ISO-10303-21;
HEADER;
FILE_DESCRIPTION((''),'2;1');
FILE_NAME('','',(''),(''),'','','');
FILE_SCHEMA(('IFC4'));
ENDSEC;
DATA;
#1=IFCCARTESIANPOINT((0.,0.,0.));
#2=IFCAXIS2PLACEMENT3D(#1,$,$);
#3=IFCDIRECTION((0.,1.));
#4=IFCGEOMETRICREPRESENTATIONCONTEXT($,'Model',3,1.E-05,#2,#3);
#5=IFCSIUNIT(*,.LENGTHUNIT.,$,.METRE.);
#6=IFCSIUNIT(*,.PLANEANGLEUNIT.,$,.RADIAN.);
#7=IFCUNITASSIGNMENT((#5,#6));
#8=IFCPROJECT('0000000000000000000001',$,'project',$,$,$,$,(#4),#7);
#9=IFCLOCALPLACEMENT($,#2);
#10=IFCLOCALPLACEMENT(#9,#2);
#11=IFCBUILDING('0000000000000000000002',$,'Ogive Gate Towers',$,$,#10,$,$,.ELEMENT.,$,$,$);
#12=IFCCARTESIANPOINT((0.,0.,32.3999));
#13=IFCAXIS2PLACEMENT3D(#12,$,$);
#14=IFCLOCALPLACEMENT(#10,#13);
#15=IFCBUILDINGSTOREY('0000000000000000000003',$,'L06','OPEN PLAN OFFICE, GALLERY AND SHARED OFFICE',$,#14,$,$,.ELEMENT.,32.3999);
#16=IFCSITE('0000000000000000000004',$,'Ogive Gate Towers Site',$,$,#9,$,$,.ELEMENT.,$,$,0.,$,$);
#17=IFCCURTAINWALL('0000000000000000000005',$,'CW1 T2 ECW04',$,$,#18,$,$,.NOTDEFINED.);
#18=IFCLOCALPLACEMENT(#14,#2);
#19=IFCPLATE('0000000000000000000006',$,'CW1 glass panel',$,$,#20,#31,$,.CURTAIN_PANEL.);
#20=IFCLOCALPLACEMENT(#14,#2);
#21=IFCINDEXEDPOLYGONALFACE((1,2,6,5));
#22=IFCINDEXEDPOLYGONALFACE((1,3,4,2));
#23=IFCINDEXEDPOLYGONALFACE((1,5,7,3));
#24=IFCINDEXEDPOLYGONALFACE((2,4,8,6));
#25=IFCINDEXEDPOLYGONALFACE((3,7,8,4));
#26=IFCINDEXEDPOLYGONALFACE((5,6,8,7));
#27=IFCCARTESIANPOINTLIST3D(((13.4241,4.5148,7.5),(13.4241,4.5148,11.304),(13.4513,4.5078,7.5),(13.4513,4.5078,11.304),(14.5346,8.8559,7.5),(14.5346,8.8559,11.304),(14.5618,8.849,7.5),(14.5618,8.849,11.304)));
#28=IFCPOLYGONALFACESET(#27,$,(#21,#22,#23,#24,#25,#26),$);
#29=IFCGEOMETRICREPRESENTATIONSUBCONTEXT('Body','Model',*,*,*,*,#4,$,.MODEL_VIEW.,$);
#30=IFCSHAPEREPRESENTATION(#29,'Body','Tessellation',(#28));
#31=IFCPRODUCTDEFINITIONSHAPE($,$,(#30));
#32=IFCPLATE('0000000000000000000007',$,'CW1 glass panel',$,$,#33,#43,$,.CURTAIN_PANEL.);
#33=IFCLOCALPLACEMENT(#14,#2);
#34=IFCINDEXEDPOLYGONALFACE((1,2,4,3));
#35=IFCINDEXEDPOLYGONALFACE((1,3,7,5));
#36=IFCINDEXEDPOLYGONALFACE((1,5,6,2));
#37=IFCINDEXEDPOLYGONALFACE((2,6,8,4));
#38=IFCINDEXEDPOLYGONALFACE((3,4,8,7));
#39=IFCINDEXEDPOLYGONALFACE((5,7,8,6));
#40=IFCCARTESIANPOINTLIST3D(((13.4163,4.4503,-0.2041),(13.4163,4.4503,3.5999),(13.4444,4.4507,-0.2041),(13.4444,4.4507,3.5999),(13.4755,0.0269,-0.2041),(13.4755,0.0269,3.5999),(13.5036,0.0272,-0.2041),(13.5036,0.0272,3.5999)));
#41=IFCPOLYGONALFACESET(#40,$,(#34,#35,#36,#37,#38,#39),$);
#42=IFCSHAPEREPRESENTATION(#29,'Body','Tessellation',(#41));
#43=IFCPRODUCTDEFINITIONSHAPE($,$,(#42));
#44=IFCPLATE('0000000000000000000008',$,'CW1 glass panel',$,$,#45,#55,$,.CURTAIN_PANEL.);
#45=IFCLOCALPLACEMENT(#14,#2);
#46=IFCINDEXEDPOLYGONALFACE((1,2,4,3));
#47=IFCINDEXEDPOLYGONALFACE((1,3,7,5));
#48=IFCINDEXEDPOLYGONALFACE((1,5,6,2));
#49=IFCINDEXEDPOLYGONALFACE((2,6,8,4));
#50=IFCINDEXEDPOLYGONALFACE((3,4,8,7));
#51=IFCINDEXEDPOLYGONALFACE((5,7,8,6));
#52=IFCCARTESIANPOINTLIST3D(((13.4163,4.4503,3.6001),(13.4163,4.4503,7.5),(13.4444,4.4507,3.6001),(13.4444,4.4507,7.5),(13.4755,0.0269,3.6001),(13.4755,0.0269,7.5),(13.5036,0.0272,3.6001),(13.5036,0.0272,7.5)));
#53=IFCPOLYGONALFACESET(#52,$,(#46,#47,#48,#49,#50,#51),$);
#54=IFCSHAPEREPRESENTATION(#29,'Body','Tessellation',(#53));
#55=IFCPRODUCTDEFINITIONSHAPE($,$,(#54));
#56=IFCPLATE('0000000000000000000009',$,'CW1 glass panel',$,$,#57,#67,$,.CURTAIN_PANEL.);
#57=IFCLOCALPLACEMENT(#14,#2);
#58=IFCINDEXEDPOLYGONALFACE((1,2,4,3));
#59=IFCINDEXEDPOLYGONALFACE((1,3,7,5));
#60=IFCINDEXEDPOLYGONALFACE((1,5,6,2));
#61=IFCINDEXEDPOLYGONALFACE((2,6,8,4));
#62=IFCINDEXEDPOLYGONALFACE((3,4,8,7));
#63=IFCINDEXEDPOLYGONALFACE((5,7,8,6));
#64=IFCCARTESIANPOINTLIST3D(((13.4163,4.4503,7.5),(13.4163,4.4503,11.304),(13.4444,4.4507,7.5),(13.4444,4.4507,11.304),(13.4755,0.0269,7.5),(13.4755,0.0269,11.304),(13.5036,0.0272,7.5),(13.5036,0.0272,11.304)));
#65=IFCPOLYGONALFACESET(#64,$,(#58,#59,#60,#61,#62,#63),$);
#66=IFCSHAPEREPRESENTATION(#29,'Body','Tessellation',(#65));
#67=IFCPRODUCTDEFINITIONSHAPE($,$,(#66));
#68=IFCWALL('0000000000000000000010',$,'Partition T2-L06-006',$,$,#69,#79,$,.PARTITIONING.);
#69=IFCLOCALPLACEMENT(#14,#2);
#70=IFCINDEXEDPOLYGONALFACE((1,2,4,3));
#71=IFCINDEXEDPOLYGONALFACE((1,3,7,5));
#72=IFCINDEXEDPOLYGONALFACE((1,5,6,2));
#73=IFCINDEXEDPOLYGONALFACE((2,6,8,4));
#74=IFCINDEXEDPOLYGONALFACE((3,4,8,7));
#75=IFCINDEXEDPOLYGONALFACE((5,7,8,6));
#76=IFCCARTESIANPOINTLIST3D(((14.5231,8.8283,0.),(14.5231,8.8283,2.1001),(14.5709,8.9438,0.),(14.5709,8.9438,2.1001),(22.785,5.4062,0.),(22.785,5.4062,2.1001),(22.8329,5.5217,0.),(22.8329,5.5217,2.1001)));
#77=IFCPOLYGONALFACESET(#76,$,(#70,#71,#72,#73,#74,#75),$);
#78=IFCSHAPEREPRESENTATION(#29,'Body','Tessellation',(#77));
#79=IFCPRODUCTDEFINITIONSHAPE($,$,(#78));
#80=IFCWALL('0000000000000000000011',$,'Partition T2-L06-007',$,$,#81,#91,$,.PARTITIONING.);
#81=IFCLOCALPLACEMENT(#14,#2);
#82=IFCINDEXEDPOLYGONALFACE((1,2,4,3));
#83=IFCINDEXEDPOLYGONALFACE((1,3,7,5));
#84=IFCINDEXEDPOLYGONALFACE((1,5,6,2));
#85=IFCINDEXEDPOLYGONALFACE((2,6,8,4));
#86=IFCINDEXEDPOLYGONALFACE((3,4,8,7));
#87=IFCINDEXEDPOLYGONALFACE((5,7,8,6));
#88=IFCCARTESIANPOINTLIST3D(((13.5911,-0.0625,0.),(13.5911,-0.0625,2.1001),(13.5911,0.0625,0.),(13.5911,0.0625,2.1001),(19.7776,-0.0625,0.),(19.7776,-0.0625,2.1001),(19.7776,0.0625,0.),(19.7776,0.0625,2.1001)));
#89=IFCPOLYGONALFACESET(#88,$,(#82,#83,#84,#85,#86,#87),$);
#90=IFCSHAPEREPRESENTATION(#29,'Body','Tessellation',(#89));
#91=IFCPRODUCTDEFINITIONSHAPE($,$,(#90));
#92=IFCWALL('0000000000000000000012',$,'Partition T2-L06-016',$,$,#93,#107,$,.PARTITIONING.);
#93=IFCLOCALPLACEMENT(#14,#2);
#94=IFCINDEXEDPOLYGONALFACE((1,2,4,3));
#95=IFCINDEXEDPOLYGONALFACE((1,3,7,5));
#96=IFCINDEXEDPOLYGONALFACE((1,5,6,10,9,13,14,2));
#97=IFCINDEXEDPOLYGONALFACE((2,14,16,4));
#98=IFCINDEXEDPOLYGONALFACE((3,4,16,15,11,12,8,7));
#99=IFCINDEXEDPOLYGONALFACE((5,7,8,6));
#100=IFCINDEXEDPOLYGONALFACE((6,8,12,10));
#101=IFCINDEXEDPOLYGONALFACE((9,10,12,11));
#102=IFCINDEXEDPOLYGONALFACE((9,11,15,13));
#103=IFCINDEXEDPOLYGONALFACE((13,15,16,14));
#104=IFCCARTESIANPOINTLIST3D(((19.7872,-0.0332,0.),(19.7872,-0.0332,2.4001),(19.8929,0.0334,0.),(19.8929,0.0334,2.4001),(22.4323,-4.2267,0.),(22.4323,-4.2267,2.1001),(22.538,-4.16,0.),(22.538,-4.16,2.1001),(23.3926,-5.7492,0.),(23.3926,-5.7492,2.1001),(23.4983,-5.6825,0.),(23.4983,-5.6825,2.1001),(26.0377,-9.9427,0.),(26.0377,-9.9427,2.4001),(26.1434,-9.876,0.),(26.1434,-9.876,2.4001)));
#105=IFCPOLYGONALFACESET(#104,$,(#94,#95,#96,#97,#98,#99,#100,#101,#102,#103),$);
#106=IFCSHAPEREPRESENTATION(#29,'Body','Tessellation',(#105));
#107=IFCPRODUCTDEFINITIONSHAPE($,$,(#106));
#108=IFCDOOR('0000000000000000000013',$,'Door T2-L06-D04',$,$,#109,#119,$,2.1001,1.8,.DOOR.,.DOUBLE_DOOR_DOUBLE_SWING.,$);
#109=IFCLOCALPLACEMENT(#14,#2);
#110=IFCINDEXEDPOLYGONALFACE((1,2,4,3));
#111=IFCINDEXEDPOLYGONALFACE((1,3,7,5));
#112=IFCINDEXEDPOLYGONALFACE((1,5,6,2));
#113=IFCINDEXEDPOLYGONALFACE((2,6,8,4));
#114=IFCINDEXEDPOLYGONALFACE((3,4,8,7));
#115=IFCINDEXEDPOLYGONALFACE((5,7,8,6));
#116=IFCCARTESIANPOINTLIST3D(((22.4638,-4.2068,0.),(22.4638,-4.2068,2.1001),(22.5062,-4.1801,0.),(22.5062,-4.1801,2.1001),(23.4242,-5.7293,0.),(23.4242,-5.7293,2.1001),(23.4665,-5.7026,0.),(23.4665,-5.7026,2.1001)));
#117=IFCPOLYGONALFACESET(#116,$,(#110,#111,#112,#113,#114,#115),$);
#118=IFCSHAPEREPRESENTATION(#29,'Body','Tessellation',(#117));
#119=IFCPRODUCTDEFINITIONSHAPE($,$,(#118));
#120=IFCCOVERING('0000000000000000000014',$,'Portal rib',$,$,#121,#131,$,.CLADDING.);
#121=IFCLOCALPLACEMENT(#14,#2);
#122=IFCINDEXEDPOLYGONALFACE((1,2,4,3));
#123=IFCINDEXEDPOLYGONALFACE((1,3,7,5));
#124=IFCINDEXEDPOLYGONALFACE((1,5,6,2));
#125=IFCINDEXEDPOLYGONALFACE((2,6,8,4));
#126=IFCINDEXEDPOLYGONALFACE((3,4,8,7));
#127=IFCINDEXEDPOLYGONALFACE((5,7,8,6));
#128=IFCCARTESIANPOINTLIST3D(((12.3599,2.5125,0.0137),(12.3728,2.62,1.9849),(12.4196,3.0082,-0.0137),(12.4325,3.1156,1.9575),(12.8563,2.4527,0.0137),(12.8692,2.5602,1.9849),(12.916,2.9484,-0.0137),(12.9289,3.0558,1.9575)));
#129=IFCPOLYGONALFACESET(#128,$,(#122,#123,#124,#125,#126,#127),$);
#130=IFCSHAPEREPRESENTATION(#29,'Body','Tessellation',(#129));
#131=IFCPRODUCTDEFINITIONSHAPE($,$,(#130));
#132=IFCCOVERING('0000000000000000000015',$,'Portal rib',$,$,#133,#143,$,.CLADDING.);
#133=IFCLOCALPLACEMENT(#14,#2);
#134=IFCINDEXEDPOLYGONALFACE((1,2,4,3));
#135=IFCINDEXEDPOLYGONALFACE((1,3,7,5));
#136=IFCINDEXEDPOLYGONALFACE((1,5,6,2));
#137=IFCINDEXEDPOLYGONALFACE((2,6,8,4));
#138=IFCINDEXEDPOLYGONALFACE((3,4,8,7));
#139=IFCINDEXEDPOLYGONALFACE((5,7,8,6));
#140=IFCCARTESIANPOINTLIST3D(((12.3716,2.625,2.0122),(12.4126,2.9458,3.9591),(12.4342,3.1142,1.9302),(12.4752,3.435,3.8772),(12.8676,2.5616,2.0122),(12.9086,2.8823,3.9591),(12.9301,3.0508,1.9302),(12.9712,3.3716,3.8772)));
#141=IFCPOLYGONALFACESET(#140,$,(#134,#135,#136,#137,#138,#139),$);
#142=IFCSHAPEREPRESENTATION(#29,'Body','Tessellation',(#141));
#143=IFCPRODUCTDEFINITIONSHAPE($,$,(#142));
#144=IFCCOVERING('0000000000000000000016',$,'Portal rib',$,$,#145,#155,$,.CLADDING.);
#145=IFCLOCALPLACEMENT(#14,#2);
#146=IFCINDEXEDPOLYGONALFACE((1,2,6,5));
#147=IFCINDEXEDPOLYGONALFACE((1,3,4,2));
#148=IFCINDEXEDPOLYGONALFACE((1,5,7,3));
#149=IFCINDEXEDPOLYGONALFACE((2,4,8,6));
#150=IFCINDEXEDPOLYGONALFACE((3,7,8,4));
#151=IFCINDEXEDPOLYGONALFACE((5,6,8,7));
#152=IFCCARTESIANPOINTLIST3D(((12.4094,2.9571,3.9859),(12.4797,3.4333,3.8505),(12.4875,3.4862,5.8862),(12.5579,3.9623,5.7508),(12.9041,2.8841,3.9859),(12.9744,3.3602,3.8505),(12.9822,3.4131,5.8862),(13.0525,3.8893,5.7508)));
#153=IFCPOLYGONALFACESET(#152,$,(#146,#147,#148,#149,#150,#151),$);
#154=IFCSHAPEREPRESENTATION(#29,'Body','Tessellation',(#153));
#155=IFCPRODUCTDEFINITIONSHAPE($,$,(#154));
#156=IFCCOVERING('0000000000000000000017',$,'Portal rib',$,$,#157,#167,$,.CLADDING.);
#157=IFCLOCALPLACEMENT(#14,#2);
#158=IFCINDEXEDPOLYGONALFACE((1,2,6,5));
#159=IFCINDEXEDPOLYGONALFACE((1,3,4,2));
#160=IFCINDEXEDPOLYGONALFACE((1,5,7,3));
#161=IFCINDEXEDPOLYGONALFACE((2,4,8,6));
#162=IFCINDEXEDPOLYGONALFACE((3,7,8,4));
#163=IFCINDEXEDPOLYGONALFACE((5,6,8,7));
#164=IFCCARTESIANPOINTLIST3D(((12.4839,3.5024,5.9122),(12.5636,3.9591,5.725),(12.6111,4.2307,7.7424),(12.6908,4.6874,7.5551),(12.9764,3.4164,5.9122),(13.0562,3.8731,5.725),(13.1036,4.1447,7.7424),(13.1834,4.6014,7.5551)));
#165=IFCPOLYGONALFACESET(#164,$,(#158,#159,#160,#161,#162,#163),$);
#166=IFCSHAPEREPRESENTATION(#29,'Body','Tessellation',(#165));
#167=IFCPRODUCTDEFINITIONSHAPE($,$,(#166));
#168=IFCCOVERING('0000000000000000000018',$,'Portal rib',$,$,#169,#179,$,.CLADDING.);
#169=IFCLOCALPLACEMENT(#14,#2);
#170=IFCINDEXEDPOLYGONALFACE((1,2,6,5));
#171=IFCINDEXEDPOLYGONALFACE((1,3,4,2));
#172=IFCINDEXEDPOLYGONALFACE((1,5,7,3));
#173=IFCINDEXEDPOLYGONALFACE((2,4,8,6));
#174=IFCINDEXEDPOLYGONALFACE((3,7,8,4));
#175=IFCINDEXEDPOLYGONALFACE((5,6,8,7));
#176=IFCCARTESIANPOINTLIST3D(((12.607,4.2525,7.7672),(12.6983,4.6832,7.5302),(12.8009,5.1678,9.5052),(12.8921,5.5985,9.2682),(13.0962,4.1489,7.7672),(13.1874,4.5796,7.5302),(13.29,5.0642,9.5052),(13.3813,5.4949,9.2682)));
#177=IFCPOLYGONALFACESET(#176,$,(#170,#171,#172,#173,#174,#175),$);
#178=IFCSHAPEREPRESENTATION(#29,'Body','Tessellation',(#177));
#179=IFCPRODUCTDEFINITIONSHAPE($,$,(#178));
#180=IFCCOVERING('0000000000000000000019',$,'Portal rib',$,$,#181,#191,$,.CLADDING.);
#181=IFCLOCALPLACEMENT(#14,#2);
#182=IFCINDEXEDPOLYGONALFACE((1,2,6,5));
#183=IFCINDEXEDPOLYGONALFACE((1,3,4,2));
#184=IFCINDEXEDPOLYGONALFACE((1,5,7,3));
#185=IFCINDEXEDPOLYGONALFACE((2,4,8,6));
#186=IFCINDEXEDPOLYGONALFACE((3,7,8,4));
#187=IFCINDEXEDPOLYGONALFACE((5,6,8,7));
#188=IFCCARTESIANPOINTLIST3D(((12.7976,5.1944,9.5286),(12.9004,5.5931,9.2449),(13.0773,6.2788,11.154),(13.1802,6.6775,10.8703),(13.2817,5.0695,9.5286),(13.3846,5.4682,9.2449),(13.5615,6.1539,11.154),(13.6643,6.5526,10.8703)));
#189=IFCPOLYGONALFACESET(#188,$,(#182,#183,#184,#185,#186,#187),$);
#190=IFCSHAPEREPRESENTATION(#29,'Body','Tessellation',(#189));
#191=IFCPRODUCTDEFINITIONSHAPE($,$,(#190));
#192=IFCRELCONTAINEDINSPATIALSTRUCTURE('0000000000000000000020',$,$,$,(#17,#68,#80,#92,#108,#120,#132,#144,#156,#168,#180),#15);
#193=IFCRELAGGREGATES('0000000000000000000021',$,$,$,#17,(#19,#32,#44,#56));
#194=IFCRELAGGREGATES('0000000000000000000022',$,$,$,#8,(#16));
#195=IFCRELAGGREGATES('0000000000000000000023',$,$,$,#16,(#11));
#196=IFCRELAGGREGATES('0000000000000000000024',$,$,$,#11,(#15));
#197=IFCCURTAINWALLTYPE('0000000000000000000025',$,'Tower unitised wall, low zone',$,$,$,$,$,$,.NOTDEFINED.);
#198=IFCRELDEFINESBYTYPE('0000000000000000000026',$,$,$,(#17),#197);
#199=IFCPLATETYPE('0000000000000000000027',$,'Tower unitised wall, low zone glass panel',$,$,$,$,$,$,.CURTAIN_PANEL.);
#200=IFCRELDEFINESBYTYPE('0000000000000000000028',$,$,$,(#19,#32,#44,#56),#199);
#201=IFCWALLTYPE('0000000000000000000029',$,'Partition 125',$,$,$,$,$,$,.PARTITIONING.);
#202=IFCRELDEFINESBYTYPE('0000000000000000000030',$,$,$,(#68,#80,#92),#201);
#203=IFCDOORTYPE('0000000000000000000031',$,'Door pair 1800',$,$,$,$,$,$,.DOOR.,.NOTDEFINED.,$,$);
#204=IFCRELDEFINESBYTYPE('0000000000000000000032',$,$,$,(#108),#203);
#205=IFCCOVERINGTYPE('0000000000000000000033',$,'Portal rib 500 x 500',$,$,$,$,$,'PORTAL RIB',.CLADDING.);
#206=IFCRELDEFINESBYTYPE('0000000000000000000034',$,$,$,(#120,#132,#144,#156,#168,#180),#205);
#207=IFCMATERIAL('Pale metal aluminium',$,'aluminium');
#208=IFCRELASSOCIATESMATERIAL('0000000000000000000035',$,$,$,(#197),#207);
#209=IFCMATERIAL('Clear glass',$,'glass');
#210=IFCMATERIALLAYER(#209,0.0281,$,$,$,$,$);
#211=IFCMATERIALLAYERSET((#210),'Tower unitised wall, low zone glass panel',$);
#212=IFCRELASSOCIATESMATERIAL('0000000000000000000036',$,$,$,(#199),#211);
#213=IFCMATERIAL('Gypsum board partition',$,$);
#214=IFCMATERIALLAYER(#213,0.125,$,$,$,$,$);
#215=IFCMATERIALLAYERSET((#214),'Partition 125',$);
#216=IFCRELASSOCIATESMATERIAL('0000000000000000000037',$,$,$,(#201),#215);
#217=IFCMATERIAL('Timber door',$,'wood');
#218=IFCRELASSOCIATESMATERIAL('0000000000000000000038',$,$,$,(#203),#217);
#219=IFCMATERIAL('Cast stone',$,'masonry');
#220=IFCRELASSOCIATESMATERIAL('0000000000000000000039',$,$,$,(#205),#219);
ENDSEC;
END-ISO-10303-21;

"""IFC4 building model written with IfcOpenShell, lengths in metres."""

from ifc_helpers import new_model, si_unit, direction, frame, frame_2d, origin, origin_2d, place, context, subcontext, project, spatial, rectangle, extrude, material, layer, layer_set, material_profile, profile_set, type_object, element, fill, aggregate, save


model = new_model("IFC4")

# Units and contexts
model_context = context("Model", 3, precision=1e-05, world=origin(), true_north=direction((0.0, 1.0)))
body_context = subcontext(model_context, "Body", "Model", "MODEL_VIEW")
ifc_project = project(units=[si_unit("LENGTHUNIT", "METRE"), si_unit("PLANEANGLEUNIT", "RADIAN")], contexts=[model_context])

# Site, building, storey
site_placement = place(None, origin())
site = spatial("IfcSite", under=ifc_project, at=site_placement, Name="Ogive Gate Towers Site", CompositionType="ELEMENT", RefElevation=0.0)
building_placement = place(site_placement, origin())
building = spatial("IfcBuilding", under=site, at=building_placement, Name="Ogive Gate Towers", CompositionType="ELEMENT")
storey_placement = place(building_placement, frame((0.0, 0.0, 32.3999)))
storey = spatial("IfcBuildingStorey", under=building, at=storey_placement, Name="L06", Description="OPEN PLAN OFFICE, GALLERY AND SHARED OFFICE", CompositionType="ELEMENT", Elevation=32.3999)

# Curtain wall, plates
ifc_material_1 = material(Name="Pale metal aluminium", Category="aluminium")
curtain_wall_type = type_object("IfcCurtainWallType", Name="Tower unitised wall, low zone", PredefinedType="NOTDEFINED", material=ifc_material_1)
curtain_wall_placement = place(storey_placement, origin())
curtain_wall = element("IfcCurtainWall", 1, at=curtain_wall_placement, inside=storey, type_object=curtain_wall_type, Name="CW1 T2 ECW04", PredefinedType="NOTDEFINED")
ifc_material_2 = material(Name="Clear glass", Category="glass")
ifc_layer_1 = layer(ifc_material_2, 0.0281)
ifc_layer_set_1 = layer_set([ifc_layer_1], Name="Tower unitised wall, low zone glass panel")
plate_type = type_object("IfcPlateType", Name="Tower unitised wall, low zone glass panel", PredefinedType="CURTAIN_PANEL", material=ifc_layer_set_1)
plate_1_placement = place(storey_placement, frame((13.9929, 6.6819, 7.5), z_axis=(0.0, 0.0, 1.0), x_axis=(-0.247828, -0.968804, 0.0)))
plate_1 = element("IfcPlate", 2, at=plate_1_placement, type_object=plate_type, Name="CW1 glass panel", PredefinedType="CURTAIN_PANEL", context=body_context, shape_type="SweptSolid", body=[
    extrude(rectangle(XDim=4.481, YDim=0.0281, at=origin_2d()), origin(), (0.0, 0.0, 1.0), 3.804),
])
plate_2_placement = place(storey_placement, frame((13.46, 2.2388, -0.2041), z_axis=(0.0, 0.0, 1.0), x_axis=(0.013386, -0.99991, 0.0)))
plate_2 = element("IfcPlate", 3, at=plate_2_placement, type_object=plate_type, Name="CW1 glass panel", PredefinedType="CURTAIN_PANEL", context=body_context, shape_type="SweptSolid", body=[
    extrude(rectangle(XDim=4.4238, YDim=0.0281, at=origin_2d()), origin(), (0.0, 0.0, 1.0), 3.804),
])
plate_3_placement = place(storey_placement, frame((13.46, 2.2388, 3.6001), z_axis=(0.0, 0.0, 1.0), x_axis=(0.013386, -0.99991, 0.0)))
plate_3 = element("IfcPlate", 4, at=plate_3_placement, type_object=plate_type, Name="CW1 glass panel", PredefinedType="CURTAIN_PANEL", context=body_context, shape_type="SweptSolid", body=[
    extrude(rectangle(XDim=4.4238, YDim=0.0281, at=origin_2d()), origin(), (0.0, 0.0, 1.0), 3.8999),
])
plate_4_placement = place(storey_placement, frame((13.46, 2.2388, 7.5), z_axis=(0.0, 0.0, 1.0), x_axis=(0.013386, -0.99991, 0.0)))
plate_4 = element("IfcPlate", 5, at=plate_4_placement, type_object=plate_type, Name="CW1 glass panel", PredefinedType="CURTAIN_PANEL", context=body_context, shape_type="SweptSolid", body=[
    extrude(rectangle(XDim=4.4238, YDim=0.0281, at=origin_2d()), origin(), (0.0, 0.0, 1.0), 3.804),
])
aggregate(curtain_wall, [plate_1, plate_2, plate_3, plate_4])

# Walls
ifc_material_3 = material(Name="Gypsum board partition")
ifc_layer_2 = layer(ifc_material_3, 0.125)
ifc_layer_set_2 = layer_set([ifc_layer_2], Name="Partition 125")
wall_type = type_object("IfcWallType", Name="Partition 125", PredefinedType="PARTITIONING", material=ifc_layer_set_2)
wall_1_placement = place(storey_placement, frame((14.5471, 8.886, 0.0), z_axis=(0.0, 0.0, 1.0), x_axis=(0.923883, -0.382674, 0.0)))
element("IfcWall", 6, at=wall_1_placement, inside=storey, type_object=wall_type, Name="Partition T2-L06-006", PredefinedType="PARTITIONING", context=body_context, shape_type="SweptSolid", body=[
    extrude(rectangle(XDim=8.9426, YDim=0.125, at=frame_2d((4.4712, 0.0))), origin(), (0.0, 0.0, 1.0), 2.1001),
])
wall_2_placement = place(storey_placement, frame((13.5911, 0.0, 0.0), z_axis=(0.0, 0.0, 1.0), x_axis=(1.0, 0.0, 0.0)))
element("IfcWall", 7, at=wall_2_placement, inside=storey, type_object=wall_type, Name="Partition T2-L06-007", PredefinedType="PARTITIONING", context=body_context, shape_type="SweptSolid", body=[
    extrude(rectangle(XDim=6.1865, YDim=0.125, at=frame_2d((3.0933, 0.0))), origin(), (0.0, 0.0, 1.0), 2.1001),
])

# Wall, opening, door
wall_3_placement = place(storey_placement, frame((19.8401, 0.0, 0.0), z_axis=(0.0, 0.0, 1.0), x_axis=(0.533499, -0.845801, 0.0)))
wall_3 = element("IfcWall", 8, at=wall_3_placement, inside=storey, type_object=wall_type, Name="Partition T2-L06-016", PredefinedType="PARTITIONING", context=body_context, shape_type="SweptSolid", body=[
    extrude(rectangle(XDim=11.7161, YDim=0.125, at=frame_2d((5.8579, 0.0))), origin(), (0.0, 0.0, 1.0), 2.4001),
])
opening_placement = place(wall_3_placement, frame((4.958, 0.0, 0.0)))
opening = element("IfcOpeningElement", 9, at=opening_placement, cuts=wall_3, PredefinedType="OPENING", context=body_context, shape_type="SweptSolid", body=[
    extrude(rectangle(XDim=1.8, YDim=2.1001, at=frame_2d((0.8999, 1.05))), frame((0.0, 0.0725, 0.0), z_axis=(0.0, -1.0, 0.0), x_axis=(1.0, 0.0, 0.0)), (0.0, 0.0, 1.0), 0.145),
])
ifc_material_4 = material(Name="Timber door", Category="wood")
door_type = type_object("IfcDoorType", Name="Door pair 1800", OperationType="NOTDEFINED", PredefinedType="DOOR", material=ifc_material_4)
door_placement = place(opening_placement, origin())
door = element("IfcDoor", 10, at=door_placement, inside=storey, type_object=door_type, Name="Door T2-L06-D04", OperationType="DOUBLE_DOOR_DOUBLE_SWING", OverallHeight=2.1001, OverallWidth=1.8, PredefinedType="DOOR", context=body_context, shape_type="SweptSolid", body=[
    extrude(rectangle(XDim=1.8, YDim=2.1001, at=frame_2d((0.8999, 1.05))), frame((0.0, 0.0249, 0.0), z_axis=(0.0, -1.0, 0.0), x_axis=(1.0, 0.0, 0.0)), (0.0, 0.0, 1.0), 0.05),
])
fill(opening, door)

# Coverings
ifc_material_5 = material(Name="Cast stone", Category="masonry")
ifc_material_profile_1 = material_profile(ifc_material_5, rectangle(XDim=0.5, YDim=0.5, at=origin_2d()), Name="500 x 500 cast stone")
ifc_profile_set_1 = profile_set([ifc_material_profile_1], Name="Cast stone")
covering_type = type_object("IfcCoveringType", Name="Portal rib 500 x 500", ElementType="PORTAL RIB", PredefinedType="CLADDING", material=ifc_profile_set_1)
covering_1_placement = place(storey_placement, frame((12.6379, 2.7305, 0.0), z_axis=(0.006554, 0.054414, 0.998497), x_axis=(-0.992823, 0.11959, 0.0)))
element("IfcCovering", 11, at=covering_1_placement, inside=storey, type_object=covering_type, Name="Portal rib", PredefinedType="CLADDING", context=body_context, shape_type="SweptSolid", body=[
    extrude(rectangle(XDim=0.5, YDim=0.5, at=origin_2d()), origin(), (0.0, 0.0, 1.0), 1.9741),
])
covering_2_placement = place(storey_placement, frame((12.6509, 2.8379, 1.9712), z_axis=(0.020781, 0.162538, 0.986483), x_axis=(-0.991926, 0.126822, 0.0)))
element("IfcCovering", 12, at=covering_2_placement, inside=storey, type_object=covering_type, Name="Portal rib", PredefinedType="CLADDING", context=body_context, shape_type="SweptSolid", body=[
    extrude(rectangle(XDim=0.5, YDim=0.5, at=origin_2d()), origin(), (0.0, 0.0, 1.0), 1.9736),
])
covering_3_placement = place(storey_placement, frame((12.6919, 3.1587, 3.9182), z_axis=(0.039573, 0.267983, 0.962611), x_axis=(-0.989272, 0.146085, 0.0)))
element("IfcCovering", 13, at=covering_3_placement, inside=storey, type_object=covering_type, Name="Portal rib", PredefinedType="CLADDING", context=body_context, shape_type="SweptSolid", body=[
    extrude(rectangle(XDim=0.5, YDim=0.5, at=origin_2d()), origin(), (0.0, 0.0, 1.0), 1.9741),
])
for number, where, z_axis, x_axis, name in (
    (14, (12.77, 3.6877, 5.8186), (0.064444, 0.368976, 0.927202), (-0.985088, 0.172052, 0.0), "Portal rib"),
    (15, (12.8972, 4.416, 7.6487), (0.098208, 0.463704, 0.88053), (-0.9783, 0.207194, 0.0), "Portal rib"),
    (16, (13.0911, 5.3313, 9.3867), (0.141737, 0.549386, 0.82346), (-0.968294, 0.249812, 0.0), "Portal rib"),
):
    element("IfcCovering", number, at=place(storey_placement, frame(where, z_axis=z_axis, x_axis=x_axis)), inside=storey, type_object=covering_type, Name=name, PredefinedType="CLADDING", context=body_context, shape_type="SweptSolid", body=[
        extrude(rectangle(XDim=0.5, YDim=0.5, at=origin_2d()), origin(), (0.0, 0.0, 1.0), 1.9739),
    ])

save(model, "model.ifc")
